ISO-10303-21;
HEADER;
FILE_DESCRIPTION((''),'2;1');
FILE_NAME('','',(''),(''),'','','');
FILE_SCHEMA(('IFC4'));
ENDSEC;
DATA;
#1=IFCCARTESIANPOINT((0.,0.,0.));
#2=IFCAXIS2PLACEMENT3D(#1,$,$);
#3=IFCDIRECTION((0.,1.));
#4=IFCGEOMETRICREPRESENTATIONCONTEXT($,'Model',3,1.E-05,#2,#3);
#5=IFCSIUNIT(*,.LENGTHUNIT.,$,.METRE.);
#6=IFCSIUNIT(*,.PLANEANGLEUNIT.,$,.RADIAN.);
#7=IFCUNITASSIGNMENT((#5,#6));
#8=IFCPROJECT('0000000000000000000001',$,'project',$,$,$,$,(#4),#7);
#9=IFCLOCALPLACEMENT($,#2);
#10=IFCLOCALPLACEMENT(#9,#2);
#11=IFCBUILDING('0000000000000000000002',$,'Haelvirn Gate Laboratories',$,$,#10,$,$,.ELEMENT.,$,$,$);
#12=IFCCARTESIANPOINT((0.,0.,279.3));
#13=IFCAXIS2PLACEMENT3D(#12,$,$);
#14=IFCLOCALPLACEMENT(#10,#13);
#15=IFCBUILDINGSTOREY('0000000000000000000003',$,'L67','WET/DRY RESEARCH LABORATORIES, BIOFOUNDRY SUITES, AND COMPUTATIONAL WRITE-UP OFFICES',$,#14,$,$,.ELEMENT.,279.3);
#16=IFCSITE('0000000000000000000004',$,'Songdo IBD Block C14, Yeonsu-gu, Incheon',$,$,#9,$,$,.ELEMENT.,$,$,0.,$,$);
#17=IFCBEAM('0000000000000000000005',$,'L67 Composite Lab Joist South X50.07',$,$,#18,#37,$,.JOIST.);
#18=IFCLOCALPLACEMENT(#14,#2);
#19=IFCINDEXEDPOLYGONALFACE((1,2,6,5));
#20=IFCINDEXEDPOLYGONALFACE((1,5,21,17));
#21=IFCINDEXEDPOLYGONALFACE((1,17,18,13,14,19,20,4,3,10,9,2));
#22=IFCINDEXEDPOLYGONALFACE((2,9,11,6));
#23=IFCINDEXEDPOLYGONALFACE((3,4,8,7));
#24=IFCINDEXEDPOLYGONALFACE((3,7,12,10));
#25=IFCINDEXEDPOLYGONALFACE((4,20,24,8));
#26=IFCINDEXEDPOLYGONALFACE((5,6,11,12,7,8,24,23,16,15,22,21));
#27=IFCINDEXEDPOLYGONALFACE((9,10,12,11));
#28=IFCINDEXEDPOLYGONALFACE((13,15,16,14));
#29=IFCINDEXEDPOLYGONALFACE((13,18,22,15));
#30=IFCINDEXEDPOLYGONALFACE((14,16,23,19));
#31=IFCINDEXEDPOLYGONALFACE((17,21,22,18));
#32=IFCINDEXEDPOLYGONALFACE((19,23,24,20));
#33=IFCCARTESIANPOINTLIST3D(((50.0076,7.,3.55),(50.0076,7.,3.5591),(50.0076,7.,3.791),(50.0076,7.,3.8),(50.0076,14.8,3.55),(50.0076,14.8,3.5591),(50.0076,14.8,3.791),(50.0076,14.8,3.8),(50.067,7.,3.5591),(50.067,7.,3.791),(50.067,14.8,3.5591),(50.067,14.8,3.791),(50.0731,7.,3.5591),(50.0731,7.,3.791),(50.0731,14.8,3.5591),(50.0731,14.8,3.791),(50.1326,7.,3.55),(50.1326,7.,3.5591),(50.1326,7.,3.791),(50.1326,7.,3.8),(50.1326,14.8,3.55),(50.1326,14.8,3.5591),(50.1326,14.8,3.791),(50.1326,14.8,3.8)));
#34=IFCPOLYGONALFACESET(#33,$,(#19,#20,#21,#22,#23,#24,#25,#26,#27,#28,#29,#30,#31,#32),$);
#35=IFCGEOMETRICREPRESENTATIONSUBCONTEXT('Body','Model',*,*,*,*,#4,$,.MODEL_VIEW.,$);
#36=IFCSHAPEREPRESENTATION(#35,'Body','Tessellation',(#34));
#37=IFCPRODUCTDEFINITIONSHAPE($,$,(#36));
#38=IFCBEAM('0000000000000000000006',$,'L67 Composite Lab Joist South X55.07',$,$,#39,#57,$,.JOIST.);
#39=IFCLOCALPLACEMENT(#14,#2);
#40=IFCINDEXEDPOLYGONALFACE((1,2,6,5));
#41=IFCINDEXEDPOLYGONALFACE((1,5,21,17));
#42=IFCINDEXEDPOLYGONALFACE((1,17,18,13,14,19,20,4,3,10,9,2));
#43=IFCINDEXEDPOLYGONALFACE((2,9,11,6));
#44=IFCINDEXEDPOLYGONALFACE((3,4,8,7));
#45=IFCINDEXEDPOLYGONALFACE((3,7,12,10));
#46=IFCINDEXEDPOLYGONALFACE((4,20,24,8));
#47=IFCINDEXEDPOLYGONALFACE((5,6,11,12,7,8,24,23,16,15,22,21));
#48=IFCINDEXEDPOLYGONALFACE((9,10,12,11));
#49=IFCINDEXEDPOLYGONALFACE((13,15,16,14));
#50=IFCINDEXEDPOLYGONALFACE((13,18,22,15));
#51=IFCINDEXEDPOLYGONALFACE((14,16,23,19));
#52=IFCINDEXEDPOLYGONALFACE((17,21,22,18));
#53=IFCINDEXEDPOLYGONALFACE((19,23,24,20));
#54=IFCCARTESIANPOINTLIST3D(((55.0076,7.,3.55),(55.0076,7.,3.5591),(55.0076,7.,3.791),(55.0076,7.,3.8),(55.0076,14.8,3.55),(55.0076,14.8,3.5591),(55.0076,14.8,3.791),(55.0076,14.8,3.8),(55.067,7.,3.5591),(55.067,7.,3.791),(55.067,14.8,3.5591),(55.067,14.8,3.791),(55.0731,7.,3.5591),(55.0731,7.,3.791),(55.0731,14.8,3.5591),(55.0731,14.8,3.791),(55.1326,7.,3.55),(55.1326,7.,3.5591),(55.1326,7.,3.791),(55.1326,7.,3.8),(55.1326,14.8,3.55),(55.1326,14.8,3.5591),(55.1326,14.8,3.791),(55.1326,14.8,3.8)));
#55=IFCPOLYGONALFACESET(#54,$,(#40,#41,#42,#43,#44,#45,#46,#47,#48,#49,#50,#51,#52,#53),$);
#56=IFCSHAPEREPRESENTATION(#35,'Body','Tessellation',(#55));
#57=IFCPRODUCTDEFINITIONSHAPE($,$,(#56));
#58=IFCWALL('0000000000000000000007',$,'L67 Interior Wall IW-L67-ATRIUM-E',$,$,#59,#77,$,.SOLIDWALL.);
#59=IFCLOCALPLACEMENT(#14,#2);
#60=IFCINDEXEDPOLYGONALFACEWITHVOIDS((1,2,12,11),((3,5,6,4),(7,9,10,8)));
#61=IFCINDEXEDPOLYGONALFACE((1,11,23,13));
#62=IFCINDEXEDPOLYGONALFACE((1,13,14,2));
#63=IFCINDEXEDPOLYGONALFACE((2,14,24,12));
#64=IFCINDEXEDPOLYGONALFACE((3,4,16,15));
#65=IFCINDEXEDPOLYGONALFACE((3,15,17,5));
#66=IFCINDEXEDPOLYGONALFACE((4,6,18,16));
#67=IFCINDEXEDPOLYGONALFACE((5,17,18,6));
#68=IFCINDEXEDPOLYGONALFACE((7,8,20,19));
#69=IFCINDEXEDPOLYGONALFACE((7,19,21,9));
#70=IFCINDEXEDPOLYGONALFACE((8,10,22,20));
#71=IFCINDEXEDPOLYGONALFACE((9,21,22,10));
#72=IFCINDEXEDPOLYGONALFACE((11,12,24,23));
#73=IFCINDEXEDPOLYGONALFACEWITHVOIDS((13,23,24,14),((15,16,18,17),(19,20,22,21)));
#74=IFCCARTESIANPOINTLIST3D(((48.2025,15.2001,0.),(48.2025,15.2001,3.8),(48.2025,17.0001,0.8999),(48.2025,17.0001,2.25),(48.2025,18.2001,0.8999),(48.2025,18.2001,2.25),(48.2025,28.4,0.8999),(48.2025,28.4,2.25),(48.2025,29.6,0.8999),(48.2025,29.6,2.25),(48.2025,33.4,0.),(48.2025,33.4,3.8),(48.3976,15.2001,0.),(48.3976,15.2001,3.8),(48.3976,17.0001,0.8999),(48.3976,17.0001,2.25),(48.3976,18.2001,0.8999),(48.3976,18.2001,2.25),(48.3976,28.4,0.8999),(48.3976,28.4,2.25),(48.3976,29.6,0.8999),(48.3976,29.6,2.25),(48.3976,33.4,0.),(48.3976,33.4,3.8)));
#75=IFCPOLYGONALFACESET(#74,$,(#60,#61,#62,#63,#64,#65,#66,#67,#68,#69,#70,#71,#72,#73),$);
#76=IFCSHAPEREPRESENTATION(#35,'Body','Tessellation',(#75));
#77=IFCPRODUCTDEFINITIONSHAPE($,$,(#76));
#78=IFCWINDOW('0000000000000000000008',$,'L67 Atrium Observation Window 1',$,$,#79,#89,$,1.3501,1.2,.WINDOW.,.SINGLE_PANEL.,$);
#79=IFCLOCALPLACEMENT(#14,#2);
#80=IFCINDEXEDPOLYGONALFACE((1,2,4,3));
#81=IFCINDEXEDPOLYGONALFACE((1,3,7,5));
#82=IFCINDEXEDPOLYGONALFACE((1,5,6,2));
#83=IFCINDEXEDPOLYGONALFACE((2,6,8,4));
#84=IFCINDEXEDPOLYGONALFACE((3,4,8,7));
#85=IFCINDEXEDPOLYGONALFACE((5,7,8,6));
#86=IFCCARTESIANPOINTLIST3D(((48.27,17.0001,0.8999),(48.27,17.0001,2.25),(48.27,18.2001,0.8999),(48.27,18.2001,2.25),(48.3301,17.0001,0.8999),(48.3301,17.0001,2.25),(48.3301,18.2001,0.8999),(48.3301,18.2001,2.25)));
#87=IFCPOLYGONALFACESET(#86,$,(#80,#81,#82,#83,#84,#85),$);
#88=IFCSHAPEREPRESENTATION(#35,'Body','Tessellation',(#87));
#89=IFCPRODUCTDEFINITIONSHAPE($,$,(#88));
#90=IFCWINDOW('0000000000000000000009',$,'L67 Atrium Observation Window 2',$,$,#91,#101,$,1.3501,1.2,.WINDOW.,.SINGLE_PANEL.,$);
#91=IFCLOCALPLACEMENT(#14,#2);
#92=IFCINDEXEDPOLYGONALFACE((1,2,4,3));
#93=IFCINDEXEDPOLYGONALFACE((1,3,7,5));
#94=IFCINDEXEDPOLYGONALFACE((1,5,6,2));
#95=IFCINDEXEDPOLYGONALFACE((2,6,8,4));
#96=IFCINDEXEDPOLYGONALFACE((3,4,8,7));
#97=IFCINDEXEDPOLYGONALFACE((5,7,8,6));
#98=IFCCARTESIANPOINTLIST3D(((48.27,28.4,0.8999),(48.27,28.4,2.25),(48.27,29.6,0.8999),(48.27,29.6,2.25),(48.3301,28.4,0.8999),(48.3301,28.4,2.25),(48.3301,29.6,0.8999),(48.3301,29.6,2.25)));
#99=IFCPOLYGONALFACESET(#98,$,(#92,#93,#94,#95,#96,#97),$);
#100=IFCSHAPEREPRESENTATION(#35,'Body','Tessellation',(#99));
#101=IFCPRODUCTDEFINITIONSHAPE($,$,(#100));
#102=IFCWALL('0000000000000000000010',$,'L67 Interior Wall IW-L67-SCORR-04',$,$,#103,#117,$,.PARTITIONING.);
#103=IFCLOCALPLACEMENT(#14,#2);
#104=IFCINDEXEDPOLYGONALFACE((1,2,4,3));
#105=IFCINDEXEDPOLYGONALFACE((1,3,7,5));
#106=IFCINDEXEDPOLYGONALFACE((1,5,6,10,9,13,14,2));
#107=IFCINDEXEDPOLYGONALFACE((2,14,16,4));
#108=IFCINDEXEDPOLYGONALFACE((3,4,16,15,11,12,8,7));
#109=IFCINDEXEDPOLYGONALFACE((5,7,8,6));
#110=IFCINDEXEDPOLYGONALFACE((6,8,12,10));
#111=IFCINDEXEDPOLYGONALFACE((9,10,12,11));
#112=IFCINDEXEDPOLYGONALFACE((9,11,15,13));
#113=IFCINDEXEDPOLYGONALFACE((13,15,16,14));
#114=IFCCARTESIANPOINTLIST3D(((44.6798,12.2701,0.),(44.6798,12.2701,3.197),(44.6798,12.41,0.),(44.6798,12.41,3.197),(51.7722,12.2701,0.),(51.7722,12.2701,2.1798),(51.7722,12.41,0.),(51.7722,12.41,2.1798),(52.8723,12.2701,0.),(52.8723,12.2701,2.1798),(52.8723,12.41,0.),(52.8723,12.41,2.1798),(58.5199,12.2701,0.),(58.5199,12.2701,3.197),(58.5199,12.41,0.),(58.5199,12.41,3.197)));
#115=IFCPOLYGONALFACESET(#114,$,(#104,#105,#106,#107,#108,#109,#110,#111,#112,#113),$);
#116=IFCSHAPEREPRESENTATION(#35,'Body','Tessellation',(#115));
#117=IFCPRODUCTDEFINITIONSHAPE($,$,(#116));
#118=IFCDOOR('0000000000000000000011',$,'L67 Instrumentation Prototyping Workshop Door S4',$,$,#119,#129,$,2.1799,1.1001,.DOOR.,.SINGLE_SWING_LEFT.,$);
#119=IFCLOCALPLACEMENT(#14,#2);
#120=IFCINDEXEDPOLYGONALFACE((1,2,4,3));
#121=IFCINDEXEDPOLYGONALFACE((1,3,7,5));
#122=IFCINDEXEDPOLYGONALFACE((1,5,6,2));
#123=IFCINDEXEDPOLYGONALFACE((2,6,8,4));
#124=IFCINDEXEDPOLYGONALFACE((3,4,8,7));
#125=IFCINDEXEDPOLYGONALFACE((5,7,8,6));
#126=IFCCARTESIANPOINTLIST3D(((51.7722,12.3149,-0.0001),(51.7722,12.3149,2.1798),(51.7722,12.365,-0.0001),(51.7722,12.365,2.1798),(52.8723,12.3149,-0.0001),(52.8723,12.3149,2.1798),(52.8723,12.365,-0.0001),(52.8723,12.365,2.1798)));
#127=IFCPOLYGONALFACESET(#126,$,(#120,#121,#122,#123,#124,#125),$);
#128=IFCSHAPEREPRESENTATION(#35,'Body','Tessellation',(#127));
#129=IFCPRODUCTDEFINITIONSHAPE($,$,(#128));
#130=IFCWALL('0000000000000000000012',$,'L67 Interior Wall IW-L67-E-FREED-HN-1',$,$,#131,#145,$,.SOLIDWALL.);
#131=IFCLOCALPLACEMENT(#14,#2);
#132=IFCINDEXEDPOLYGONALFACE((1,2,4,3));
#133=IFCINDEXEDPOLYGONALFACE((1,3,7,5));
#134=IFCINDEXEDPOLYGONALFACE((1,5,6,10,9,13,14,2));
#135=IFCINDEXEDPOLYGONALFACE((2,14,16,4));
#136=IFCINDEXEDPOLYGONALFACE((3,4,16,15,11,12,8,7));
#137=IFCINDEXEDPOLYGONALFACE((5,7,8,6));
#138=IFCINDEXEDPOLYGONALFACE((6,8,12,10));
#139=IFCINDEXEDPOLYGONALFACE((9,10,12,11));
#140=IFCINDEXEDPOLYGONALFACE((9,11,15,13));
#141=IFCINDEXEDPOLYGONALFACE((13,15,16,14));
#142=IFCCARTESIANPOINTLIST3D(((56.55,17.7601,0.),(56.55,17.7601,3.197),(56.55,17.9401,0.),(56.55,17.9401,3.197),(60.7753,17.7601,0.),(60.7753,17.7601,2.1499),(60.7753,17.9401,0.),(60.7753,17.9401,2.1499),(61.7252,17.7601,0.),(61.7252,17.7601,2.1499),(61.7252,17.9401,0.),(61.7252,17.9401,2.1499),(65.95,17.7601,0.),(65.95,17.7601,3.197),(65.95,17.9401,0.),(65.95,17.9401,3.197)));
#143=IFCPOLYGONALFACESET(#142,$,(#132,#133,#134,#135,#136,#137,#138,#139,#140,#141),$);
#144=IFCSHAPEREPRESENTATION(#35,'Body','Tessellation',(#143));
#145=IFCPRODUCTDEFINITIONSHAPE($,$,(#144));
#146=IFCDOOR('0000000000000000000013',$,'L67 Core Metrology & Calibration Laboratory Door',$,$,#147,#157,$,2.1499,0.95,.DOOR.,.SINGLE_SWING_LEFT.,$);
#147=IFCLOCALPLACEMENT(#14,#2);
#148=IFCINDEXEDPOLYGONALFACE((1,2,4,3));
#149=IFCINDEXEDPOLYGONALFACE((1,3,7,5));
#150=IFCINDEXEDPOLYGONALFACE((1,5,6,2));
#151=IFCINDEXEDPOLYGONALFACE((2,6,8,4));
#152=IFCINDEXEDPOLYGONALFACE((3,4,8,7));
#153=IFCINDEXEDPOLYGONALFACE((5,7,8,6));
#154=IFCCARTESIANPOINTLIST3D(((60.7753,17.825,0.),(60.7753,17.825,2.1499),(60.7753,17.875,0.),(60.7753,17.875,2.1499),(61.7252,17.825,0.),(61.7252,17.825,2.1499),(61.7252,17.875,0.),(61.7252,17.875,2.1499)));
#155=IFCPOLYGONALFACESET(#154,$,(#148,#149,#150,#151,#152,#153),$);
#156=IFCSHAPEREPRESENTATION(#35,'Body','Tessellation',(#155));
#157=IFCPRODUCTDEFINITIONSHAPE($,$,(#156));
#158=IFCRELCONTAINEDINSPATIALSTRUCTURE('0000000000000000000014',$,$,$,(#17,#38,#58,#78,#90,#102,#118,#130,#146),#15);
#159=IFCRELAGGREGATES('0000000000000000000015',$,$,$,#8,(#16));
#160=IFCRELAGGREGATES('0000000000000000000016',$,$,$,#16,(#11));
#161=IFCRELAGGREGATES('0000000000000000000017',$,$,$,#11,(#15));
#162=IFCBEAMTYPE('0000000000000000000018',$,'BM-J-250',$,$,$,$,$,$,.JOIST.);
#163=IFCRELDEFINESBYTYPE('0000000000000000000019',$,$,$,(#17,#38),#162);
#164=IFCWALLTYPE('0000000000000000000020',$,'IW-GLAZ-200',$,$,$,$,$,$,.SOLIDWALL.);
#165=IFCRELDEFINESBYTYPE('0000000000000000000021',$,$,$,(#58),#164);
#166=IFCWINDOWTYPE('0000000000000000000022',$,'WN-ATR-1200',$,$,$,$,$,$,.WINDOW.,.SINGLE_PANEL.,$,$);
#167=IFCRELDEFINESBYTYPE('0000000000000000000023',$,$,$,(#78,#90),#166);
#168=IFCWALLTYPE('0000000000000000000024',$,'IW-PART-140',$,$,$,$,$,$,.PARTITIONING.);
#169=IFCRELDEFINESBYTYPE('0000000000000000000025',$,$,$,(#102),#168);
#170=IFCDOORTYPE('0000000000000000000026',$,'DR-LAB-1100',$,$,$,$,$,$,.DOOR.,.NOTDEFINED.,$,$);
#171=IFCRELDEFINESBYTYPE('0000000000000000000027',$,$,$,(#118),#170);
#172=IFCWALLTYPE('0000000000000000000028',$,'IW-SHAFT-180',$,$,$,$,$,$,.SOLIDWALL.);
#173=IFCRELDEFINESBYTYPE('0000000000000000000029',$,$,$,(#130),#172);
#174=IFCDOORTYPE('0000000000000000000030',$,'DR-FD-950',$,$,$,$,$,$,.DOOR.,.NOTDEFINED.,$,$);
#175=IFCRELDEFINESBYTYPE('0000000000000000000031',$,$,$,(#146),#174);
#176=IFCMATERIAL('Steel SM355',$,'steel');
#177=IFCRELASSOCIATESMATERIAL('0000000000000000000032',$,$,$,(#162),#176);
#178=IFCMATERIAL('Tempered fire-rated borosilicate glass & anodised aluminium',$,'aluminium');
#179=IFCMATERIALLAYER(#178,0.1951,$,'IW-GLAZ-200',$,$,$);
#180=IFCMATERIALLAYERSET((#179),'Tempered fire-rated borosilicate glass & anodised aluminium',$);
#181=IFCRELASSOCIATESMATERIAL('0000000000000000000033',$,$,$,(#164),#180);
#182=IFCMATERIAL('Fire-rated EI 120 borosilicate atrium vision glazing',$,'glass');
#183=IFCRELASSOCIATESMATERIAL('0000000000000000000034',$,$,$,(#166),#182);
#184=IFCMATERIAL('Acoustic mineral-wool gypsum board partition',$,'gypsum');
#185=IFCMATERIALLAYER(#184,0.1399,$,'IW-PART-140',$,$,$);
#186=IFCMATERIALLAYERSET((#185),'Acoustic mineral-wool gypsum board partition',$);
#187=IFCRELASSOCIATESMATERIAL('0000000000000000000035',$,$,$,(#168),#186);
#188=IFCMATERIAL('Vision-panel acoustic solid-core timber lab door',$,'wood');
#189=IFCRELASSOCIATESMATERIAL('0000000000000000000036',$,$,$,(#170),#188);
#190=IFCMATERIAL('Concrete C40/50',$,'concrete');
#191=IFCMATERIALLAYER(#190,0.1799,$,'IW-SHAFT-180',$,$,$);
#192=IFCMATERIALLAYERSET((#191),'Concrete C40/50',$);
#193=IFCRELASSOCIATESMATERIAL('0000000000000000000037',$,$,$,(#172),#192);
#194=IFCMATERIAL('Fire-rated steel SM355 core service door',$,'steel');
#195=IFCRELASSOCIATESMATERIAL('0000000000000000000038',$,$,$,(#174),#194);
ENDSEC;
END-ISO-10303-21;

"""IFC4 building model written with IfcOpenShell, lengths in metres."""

from ifc_helpers import new_model, si_unit, direction, frame, frame_2d, origin, origin_2d, place, context, subcontext, project, spatial, rectangle, i_section, extrude, source, transform, mapped, material, layer, layer_set, material_profile, profile_set, type_object, type_shapes, element, fill, save


model = new_model("IFC4")

# Units and contexts
model_context = context("Model", 3, precision=1e-05, world=origin(), true_north=direction((0.0, 1.0)))
body_context = subcontext(model_context, "Body", "Model", "MODEL_VIEW")
ifc_project = project(units=[si_unit("LENGTHUNIT", "METRE"), si_unit("PLANEANGLEUNIT", "RADIAN")], contexts=[model_context])

# Site, building, storey
site_placement = place(None, origin())
site = spatial("IfcSite", under=ifc_project, at=site_placement, Name="Songdo IBD Block C14, Yeonsu-gu, Incheon", CompositionType="ELEMENT", RefElevation=0.0)
building_placement = place(site_placement, origin())
building = spatial("IfcBuilding", under=site, at=building_placement, Name="Haelvirn Gate Laboratories", CompositionType="ELEMENT")
storey_placement = place(building_placement, frame((0.0, 0.0, 279.3)))
storey = spatial("IfcBuildingStorey", under=building, at=storey_placement, Name="L67", Description="WET/DRY RESEARCH LABORATORIES, BIOFOUNDRY SUITES, AND COMPUTATIONAL WRITE-UP OFFICES", CompositionType="ELEMENT", Elevation=279.3)

# Shared definitions
ifc_material_1 = material(Name="Steel SM355", Category="steel")

# Beams
ifc_material_profile_1 = material_profile(ifc_material_1, i_section(OverallWidth=0.125, OverallDepth=0.25, WebThickness=0.0061, FlangeThickness=0.009, at=origin_2d()), Name="H-250x125x6x9")
ifc_profile_set_1 = profile_set([ifc_material_profile_1], Name="Steel SM355")
beam_type_1 = type_object("IfcBeamType", Name="BM-J-250", PredefinedType="JOIST", material=ifc_profile_set_1)
shared_shape_1 = source(origin(), body_context, "Body", "SweptSolid", [
    extrude(i_section(OverallWidth=0.125, OverallDepth=0.25, WebThickness=0.0061, FlangeThickness=0.009, at=origin_2d()), origin(), (0.0, 0.0, 1.0), 7.8),
])
type_shapes(beam_type_1, [shared_shape_1])
for number, where, z_axis, x_axis, name in (
    (1, (50.0701, 7.0, 3.675), (0.0, 1.0, 0.0), (-1.0, 0.0, 0.0), "L67 Composite Lab Joist South X50.07"),
    (2, (55.0701, 7.0, 3.675), (0.0, 1.0, 0.0), (-1.0, 0.0, 0.0), "L67 Composite Lab Joist South X55.07"),
):
    element("IfcBeam", number, at=place(storey_placement, frame(where, z_axis=z_axis, x_axis=x_axis)), inside=storey, type_object=beam_type_1, Name=name, PredefinedType="JOIST", context=body_context, shape_type="MappedRepresentation", body=[
        mapped(shared_shape_1, transform((0.0, 0.0, 0.0), scale=1.0)),
    ])

# Wall, openings, windows
ifc_material_2 = material(Name="Tempered fire-rated borosilicate glass & anodised aluminium", Category="aluminium")
ifc_layer_1 = layer(ifc_material_2, 0.1951, Name="IW-GLAZ-200")
ifc_layer_set_1 = layer_set([ifc_layer_1], Name="Tempered fire-rated borosilicate glass & anodised aluminium")
wall_type_1 = type_object("IfcWallType", Name="IW-GLAZ-200", PredefinedType="SOLIDWALL", material=ifc_layer_set_1)
wall_1_placement = place(storey_placement, frame((48.3, 15.2, 0.0), z_axis=(0.0, 0.0, 1.0), x_axis=(0.0, 1.0, 0.0)))
wall_1 = element("IfcWall", 3, at=wall_1_placement, inside=storey, type_object=wall_type_1, Name="L67 Interior Wall IW-L67-ATRIUM-E", PredefinedType="SOLIDWALL", context=body_context, shape_type="SweptSolid", body=[
    extrude(rectangle(XDim=18.2, YDim=0.1951, at=frame_2d((9.1001, 0.0))), origin(), (0.0, 0.0, 1.0), 3.8),
])
opening_1_placement = place(wall_1_placement, frame((1.8, 0.0, 0.8999)))
opening_1 = element("IfcOpeningElement", 4, at=opening_1_placement, cuts=wall_1, PredefinedType="OPENING", context=body_context, shape_type="SweptSolid", body=[
    extrude(rectangle(XDim=1.2, YDim=1.3501, at=frame_2d((0.6001, 0.675))), frame((0.0, 0.1074, 0.0), z_axis=(0.0, -1.0, 0.0), x_axis=(1.0, 0.0, 0.0)), (0.0, 0.0, 1.0), 0.2151),
])
opening_2_placement = place(wall_1_placement, frame((13.2, 0.0, 0.8999)))
opening_2 = element("IfcOpeningElement", 5, at=opening_2_placement, cuts=wall_1, PredefinedType="OPENING", context=body_context, shape_type="SweptSolid", body=[
    extrude(rectangle(XDim=1.2, YDim=1.3501, at=frame_2d((0.6001, 0.675))), frame((0.0, 0.1074, 0.0), z_axis=(0.0, -1.0, 0.0), x_axis=(1.0, 0.0, 0.0)), (0.0, 0.0, 1.0), 0.2151),
])
ifc_material_3 = material(Name="Fire-rated EI 120 borosilicate atrium vision glazing", Category="glass")
window_type = type_object("IfcWindowType", Name="WN-ATR-1200", PartitioningType="SINGLE_PANEL", PredefinedType="WINDOW", material=ifc_material_3)
shared_shape_2 = source(origin(), body_context, "Body", "SweptSolid", [
    extrude(rectangle(XDim=1.2, YDim=1.3501, at=frame_2d((0.6001, 0.675))), frame((0.0, 0.03, 0.0), z_axis=(0.0, -1.0, 0.0), x_axis=(1.0, 0.0, 0.0)), (0.0, 0.0, 1.0), 0.0601),
])
type_shapes(window_type, [shared_shape_2])
window_1_placement = place(opening_1_placement, origin())
window_1 = element("IfcWindow", 6, at=window_1_placement, inside=storey, type_object=window_type, Name="L67 Atrium Observation Window 1", OverallHeight=1.3501, OverallWidth=1.2, PartitioningType="SINGLE_PANEL", PredefinedType="WINDOW", context=body_context, shape_type="MappedRepresentation", body=[
    mapped(shared_shape_2, transform((0.0, 0.0, 0.0), scale=1.0)),
])
fill(opening_1, window_1)
window_2_placement = place(opening_2_placement, origin())
window_2 = element("IfcWindow", 7, at=window_2_placement, inside=storey, type_object=window_type, Name="L67 Atrium Observation Window 2", OverallHeight=1.3501, OverallWidth=1.2, PartitioningType="SINGLE_PANEL", PredefinedType="WINDOW", context=body_context, shape_type="MappedRepresentation", body=[
    mapped(shared_shape_2, transform((0.0, 0.0, 0.0), scale=1.0)),
])
fill(opening_2, window_2)

# Walls, openings, doors
ifc_material_4 = material(Name="Acoustic mineral-wool gypsum board partition", Category="gypsum")
ifc_layer_2 = layer(ifc_material_4, 0.1399, Name="IW-PART-140")
ifc_layer_set_2 = layer_set([ifc_layer_2], Name="Acoustic mineral-wool gypsum board partition")
wall_type_2 = type_object("IfcWallType", Name="IW-PART-140", PredefinedType="PARTITIONING", material=ifc_layer_set_2)
wall_2_placement = place(storey_placement, frame((44.6799, 12.3401, 0.0), z_axis=(0.0, 0.0, 1.0), x_axis=(1.0, 0.0, 0.0)))
wall_2 = element("IfcWall", 8, at=wall_2_placement, inside=storey, type_object=wall_type_2, Name="L67 Interior Wall IW-L67-SCORR-04", PredefinedType="PARTITIONING", context=body_context, shape_type="SweptSolid", body=[
    extrude(rectangle(XDim=13.8401, YDim=0.1399, at=frame_2d((6.9199, 0.0))), origin(), (0.0, 0.0, 1.0), 3.197),
])
opening_3_placement = place(wall_2_placement, frame((7.0923, 0.0, 0.0)))
opening_3 = element("IfcOpeningElement", 9, at=opening_3_placement, cuts=wall_2, PredefinedType="OPENING", context=body_context, shape_type="SweptSolid", body=[
    extrude(rectangle(XDim=1.1001, YDim=2.1799, at=frame_2d((0.55, 1.0898))), frame((0.0, 0.0801, 0.0), z_axis=(0.0, -1.0, 0.0), x_axis=(1.0, 0.0, 0.0)), (0.0, 0.0, 1.0), 0.1599),
])
ifc_material_5 = material(Name="Vision-panel acoustic solid-core timber lab door", Category="wood")
door_type_1 = type_object("IfcDoorType", Name="DR-LAB-1100", OperationType="NOTDEFINED", PredefinedType="DOOR", material=ifc_material_5)
shared_shape_3 = source(origin(), body_context, "Body", "SweptSolid", [
    extrude(rectangle(XDim=1.1001, YDim=2.1799, at=frame_2d((0.55, 1.0898))), frame((0.0, 0.0249, 0.0), z_axis=(0.0, -1.0, 0.0), x_axis=(1.0, 0.0, 0.0)), (0.0, 0.0, 1.0), 0.05),
])
type_shapes(door_type_1, [shared_shape_3])
door_1_placement = place(opening_3_placement, origin())
door_1 = element("IfcDoor", 10, at=door_1_placement, inside=storey, type_object=door_type_1, Name="L67 Instrumentation Prototyping Workshop Door S4", OperationType="SINGLE_SWING_LEFT", OverallHeight=2.1799, OverallWidth=1.1001, PredefinedType="DOOR", context=body_context, shape_type="MappedRepresentation", body=[
    mapped(shared_shape_3, transform((0.0, 0.0, 0.0), scale=1.0)),
])
fill(opening_3, door_1)
ifc_material_6 = material(Name="Concrete C40/50", Category="concrete")
ifc_layer_3 = layer(ifc_material_6, 0.1799, Name="IW-SHAFT-180")
ifc_layer_set_3 = layer_set([ifc_layer_3], Name="Concrete C40/50")
wall_type_3 = type_object("IfcWallType", Name="IW-SHAFT-180", PredefinedType="SOLIDWALL", material=ifc_layer_set_3)
wall_3_placement = place(storey_placement, frame((56.55, 17.8501, 0.0), z_axis=(0.0, 0.0, 1.0), x_axis=(1.0, 0.0, 0.0)))
wall_3 = element("IfcWall", 11, at=wall_3_placement, inside=storey, type_object=wall_type_3, Name="L67 Interior Wall IW-L67-E-FREED-HN-1", PredefinedType="SOLIDWALL", context=body_context, shape_type="SweptSolid", body=[
    extrude(rectangle(XDim=9.3999, YDim=0.1799, at=frame_2d((4.7, 0.0))), origin(), (0.0, 0.0, 1.0), 3.197),
])
opening_4_placement = place(wall_3_placement, frame((4.2251, 0.0, 0.0)))
opening_4 = element("IfcOpeningElement", 12, at=opening_4_placement, cuts=wall_3, PredefinedType="OPENING", context=body_context, shape_type="SweptSolid", body=[
    extrude(rectangle(XDim=0.95, YDim=2.1499, at=frame_2d((0.4751, 1.075))), frame((0.0, 0.1001, 0.0), z_axis=(0.0, -1.0, 0.0), x_axis=(1.0, 0.0, 0.0)), (0.0, 0.0, 1.0), 0.2),
])
ifc_material_7 = material(Name="Fire-rated steel SM355 core service door", Category="steel")
door_type_2 = type_object("IfcDoorType", Name="DR-FD-950", OperationType="NOTDEFINED", PredefinedType="DOOR", material=ifc_material_7)
shared_shape_4 = source(origin(), body_context, "Body", "SweptSolid", [
    extrude(rectangle(XDim=0.95, YDim=2.1499, at=frame_2d((0.4751, 1.075))), frame((0.0, 0.0249, 0.0), z_axis=(0.0, -1.0, 0.0), x_axis=(1.0, 0.0, 0.0)), (0.0, 0.0, 1.0), 0.05),
])
type_shapes(door_type_2, [shared_shape_4])
door_2_placement = place(opening_4_placement, origin())
door_2 = element("IfcDoor", 13, at=door_2_placement, inside=storey, type_object=door_type_2, Name="L67 Core Metrology & Calibration Laboratory Door", OperationType="SINGLE_SWING_LEFT", OverallHeight=2.1499, OverallWidth=0.95, PredefinedType="DOOR", context=body_context, shape_type="MappedRepresentation", body=[
    mapped(shared_shape_4, transform((0.0, 0.0, 0.0), scale=1.0)),
])
fill(opening_4, door_2)

save(model, "model.ifc")
